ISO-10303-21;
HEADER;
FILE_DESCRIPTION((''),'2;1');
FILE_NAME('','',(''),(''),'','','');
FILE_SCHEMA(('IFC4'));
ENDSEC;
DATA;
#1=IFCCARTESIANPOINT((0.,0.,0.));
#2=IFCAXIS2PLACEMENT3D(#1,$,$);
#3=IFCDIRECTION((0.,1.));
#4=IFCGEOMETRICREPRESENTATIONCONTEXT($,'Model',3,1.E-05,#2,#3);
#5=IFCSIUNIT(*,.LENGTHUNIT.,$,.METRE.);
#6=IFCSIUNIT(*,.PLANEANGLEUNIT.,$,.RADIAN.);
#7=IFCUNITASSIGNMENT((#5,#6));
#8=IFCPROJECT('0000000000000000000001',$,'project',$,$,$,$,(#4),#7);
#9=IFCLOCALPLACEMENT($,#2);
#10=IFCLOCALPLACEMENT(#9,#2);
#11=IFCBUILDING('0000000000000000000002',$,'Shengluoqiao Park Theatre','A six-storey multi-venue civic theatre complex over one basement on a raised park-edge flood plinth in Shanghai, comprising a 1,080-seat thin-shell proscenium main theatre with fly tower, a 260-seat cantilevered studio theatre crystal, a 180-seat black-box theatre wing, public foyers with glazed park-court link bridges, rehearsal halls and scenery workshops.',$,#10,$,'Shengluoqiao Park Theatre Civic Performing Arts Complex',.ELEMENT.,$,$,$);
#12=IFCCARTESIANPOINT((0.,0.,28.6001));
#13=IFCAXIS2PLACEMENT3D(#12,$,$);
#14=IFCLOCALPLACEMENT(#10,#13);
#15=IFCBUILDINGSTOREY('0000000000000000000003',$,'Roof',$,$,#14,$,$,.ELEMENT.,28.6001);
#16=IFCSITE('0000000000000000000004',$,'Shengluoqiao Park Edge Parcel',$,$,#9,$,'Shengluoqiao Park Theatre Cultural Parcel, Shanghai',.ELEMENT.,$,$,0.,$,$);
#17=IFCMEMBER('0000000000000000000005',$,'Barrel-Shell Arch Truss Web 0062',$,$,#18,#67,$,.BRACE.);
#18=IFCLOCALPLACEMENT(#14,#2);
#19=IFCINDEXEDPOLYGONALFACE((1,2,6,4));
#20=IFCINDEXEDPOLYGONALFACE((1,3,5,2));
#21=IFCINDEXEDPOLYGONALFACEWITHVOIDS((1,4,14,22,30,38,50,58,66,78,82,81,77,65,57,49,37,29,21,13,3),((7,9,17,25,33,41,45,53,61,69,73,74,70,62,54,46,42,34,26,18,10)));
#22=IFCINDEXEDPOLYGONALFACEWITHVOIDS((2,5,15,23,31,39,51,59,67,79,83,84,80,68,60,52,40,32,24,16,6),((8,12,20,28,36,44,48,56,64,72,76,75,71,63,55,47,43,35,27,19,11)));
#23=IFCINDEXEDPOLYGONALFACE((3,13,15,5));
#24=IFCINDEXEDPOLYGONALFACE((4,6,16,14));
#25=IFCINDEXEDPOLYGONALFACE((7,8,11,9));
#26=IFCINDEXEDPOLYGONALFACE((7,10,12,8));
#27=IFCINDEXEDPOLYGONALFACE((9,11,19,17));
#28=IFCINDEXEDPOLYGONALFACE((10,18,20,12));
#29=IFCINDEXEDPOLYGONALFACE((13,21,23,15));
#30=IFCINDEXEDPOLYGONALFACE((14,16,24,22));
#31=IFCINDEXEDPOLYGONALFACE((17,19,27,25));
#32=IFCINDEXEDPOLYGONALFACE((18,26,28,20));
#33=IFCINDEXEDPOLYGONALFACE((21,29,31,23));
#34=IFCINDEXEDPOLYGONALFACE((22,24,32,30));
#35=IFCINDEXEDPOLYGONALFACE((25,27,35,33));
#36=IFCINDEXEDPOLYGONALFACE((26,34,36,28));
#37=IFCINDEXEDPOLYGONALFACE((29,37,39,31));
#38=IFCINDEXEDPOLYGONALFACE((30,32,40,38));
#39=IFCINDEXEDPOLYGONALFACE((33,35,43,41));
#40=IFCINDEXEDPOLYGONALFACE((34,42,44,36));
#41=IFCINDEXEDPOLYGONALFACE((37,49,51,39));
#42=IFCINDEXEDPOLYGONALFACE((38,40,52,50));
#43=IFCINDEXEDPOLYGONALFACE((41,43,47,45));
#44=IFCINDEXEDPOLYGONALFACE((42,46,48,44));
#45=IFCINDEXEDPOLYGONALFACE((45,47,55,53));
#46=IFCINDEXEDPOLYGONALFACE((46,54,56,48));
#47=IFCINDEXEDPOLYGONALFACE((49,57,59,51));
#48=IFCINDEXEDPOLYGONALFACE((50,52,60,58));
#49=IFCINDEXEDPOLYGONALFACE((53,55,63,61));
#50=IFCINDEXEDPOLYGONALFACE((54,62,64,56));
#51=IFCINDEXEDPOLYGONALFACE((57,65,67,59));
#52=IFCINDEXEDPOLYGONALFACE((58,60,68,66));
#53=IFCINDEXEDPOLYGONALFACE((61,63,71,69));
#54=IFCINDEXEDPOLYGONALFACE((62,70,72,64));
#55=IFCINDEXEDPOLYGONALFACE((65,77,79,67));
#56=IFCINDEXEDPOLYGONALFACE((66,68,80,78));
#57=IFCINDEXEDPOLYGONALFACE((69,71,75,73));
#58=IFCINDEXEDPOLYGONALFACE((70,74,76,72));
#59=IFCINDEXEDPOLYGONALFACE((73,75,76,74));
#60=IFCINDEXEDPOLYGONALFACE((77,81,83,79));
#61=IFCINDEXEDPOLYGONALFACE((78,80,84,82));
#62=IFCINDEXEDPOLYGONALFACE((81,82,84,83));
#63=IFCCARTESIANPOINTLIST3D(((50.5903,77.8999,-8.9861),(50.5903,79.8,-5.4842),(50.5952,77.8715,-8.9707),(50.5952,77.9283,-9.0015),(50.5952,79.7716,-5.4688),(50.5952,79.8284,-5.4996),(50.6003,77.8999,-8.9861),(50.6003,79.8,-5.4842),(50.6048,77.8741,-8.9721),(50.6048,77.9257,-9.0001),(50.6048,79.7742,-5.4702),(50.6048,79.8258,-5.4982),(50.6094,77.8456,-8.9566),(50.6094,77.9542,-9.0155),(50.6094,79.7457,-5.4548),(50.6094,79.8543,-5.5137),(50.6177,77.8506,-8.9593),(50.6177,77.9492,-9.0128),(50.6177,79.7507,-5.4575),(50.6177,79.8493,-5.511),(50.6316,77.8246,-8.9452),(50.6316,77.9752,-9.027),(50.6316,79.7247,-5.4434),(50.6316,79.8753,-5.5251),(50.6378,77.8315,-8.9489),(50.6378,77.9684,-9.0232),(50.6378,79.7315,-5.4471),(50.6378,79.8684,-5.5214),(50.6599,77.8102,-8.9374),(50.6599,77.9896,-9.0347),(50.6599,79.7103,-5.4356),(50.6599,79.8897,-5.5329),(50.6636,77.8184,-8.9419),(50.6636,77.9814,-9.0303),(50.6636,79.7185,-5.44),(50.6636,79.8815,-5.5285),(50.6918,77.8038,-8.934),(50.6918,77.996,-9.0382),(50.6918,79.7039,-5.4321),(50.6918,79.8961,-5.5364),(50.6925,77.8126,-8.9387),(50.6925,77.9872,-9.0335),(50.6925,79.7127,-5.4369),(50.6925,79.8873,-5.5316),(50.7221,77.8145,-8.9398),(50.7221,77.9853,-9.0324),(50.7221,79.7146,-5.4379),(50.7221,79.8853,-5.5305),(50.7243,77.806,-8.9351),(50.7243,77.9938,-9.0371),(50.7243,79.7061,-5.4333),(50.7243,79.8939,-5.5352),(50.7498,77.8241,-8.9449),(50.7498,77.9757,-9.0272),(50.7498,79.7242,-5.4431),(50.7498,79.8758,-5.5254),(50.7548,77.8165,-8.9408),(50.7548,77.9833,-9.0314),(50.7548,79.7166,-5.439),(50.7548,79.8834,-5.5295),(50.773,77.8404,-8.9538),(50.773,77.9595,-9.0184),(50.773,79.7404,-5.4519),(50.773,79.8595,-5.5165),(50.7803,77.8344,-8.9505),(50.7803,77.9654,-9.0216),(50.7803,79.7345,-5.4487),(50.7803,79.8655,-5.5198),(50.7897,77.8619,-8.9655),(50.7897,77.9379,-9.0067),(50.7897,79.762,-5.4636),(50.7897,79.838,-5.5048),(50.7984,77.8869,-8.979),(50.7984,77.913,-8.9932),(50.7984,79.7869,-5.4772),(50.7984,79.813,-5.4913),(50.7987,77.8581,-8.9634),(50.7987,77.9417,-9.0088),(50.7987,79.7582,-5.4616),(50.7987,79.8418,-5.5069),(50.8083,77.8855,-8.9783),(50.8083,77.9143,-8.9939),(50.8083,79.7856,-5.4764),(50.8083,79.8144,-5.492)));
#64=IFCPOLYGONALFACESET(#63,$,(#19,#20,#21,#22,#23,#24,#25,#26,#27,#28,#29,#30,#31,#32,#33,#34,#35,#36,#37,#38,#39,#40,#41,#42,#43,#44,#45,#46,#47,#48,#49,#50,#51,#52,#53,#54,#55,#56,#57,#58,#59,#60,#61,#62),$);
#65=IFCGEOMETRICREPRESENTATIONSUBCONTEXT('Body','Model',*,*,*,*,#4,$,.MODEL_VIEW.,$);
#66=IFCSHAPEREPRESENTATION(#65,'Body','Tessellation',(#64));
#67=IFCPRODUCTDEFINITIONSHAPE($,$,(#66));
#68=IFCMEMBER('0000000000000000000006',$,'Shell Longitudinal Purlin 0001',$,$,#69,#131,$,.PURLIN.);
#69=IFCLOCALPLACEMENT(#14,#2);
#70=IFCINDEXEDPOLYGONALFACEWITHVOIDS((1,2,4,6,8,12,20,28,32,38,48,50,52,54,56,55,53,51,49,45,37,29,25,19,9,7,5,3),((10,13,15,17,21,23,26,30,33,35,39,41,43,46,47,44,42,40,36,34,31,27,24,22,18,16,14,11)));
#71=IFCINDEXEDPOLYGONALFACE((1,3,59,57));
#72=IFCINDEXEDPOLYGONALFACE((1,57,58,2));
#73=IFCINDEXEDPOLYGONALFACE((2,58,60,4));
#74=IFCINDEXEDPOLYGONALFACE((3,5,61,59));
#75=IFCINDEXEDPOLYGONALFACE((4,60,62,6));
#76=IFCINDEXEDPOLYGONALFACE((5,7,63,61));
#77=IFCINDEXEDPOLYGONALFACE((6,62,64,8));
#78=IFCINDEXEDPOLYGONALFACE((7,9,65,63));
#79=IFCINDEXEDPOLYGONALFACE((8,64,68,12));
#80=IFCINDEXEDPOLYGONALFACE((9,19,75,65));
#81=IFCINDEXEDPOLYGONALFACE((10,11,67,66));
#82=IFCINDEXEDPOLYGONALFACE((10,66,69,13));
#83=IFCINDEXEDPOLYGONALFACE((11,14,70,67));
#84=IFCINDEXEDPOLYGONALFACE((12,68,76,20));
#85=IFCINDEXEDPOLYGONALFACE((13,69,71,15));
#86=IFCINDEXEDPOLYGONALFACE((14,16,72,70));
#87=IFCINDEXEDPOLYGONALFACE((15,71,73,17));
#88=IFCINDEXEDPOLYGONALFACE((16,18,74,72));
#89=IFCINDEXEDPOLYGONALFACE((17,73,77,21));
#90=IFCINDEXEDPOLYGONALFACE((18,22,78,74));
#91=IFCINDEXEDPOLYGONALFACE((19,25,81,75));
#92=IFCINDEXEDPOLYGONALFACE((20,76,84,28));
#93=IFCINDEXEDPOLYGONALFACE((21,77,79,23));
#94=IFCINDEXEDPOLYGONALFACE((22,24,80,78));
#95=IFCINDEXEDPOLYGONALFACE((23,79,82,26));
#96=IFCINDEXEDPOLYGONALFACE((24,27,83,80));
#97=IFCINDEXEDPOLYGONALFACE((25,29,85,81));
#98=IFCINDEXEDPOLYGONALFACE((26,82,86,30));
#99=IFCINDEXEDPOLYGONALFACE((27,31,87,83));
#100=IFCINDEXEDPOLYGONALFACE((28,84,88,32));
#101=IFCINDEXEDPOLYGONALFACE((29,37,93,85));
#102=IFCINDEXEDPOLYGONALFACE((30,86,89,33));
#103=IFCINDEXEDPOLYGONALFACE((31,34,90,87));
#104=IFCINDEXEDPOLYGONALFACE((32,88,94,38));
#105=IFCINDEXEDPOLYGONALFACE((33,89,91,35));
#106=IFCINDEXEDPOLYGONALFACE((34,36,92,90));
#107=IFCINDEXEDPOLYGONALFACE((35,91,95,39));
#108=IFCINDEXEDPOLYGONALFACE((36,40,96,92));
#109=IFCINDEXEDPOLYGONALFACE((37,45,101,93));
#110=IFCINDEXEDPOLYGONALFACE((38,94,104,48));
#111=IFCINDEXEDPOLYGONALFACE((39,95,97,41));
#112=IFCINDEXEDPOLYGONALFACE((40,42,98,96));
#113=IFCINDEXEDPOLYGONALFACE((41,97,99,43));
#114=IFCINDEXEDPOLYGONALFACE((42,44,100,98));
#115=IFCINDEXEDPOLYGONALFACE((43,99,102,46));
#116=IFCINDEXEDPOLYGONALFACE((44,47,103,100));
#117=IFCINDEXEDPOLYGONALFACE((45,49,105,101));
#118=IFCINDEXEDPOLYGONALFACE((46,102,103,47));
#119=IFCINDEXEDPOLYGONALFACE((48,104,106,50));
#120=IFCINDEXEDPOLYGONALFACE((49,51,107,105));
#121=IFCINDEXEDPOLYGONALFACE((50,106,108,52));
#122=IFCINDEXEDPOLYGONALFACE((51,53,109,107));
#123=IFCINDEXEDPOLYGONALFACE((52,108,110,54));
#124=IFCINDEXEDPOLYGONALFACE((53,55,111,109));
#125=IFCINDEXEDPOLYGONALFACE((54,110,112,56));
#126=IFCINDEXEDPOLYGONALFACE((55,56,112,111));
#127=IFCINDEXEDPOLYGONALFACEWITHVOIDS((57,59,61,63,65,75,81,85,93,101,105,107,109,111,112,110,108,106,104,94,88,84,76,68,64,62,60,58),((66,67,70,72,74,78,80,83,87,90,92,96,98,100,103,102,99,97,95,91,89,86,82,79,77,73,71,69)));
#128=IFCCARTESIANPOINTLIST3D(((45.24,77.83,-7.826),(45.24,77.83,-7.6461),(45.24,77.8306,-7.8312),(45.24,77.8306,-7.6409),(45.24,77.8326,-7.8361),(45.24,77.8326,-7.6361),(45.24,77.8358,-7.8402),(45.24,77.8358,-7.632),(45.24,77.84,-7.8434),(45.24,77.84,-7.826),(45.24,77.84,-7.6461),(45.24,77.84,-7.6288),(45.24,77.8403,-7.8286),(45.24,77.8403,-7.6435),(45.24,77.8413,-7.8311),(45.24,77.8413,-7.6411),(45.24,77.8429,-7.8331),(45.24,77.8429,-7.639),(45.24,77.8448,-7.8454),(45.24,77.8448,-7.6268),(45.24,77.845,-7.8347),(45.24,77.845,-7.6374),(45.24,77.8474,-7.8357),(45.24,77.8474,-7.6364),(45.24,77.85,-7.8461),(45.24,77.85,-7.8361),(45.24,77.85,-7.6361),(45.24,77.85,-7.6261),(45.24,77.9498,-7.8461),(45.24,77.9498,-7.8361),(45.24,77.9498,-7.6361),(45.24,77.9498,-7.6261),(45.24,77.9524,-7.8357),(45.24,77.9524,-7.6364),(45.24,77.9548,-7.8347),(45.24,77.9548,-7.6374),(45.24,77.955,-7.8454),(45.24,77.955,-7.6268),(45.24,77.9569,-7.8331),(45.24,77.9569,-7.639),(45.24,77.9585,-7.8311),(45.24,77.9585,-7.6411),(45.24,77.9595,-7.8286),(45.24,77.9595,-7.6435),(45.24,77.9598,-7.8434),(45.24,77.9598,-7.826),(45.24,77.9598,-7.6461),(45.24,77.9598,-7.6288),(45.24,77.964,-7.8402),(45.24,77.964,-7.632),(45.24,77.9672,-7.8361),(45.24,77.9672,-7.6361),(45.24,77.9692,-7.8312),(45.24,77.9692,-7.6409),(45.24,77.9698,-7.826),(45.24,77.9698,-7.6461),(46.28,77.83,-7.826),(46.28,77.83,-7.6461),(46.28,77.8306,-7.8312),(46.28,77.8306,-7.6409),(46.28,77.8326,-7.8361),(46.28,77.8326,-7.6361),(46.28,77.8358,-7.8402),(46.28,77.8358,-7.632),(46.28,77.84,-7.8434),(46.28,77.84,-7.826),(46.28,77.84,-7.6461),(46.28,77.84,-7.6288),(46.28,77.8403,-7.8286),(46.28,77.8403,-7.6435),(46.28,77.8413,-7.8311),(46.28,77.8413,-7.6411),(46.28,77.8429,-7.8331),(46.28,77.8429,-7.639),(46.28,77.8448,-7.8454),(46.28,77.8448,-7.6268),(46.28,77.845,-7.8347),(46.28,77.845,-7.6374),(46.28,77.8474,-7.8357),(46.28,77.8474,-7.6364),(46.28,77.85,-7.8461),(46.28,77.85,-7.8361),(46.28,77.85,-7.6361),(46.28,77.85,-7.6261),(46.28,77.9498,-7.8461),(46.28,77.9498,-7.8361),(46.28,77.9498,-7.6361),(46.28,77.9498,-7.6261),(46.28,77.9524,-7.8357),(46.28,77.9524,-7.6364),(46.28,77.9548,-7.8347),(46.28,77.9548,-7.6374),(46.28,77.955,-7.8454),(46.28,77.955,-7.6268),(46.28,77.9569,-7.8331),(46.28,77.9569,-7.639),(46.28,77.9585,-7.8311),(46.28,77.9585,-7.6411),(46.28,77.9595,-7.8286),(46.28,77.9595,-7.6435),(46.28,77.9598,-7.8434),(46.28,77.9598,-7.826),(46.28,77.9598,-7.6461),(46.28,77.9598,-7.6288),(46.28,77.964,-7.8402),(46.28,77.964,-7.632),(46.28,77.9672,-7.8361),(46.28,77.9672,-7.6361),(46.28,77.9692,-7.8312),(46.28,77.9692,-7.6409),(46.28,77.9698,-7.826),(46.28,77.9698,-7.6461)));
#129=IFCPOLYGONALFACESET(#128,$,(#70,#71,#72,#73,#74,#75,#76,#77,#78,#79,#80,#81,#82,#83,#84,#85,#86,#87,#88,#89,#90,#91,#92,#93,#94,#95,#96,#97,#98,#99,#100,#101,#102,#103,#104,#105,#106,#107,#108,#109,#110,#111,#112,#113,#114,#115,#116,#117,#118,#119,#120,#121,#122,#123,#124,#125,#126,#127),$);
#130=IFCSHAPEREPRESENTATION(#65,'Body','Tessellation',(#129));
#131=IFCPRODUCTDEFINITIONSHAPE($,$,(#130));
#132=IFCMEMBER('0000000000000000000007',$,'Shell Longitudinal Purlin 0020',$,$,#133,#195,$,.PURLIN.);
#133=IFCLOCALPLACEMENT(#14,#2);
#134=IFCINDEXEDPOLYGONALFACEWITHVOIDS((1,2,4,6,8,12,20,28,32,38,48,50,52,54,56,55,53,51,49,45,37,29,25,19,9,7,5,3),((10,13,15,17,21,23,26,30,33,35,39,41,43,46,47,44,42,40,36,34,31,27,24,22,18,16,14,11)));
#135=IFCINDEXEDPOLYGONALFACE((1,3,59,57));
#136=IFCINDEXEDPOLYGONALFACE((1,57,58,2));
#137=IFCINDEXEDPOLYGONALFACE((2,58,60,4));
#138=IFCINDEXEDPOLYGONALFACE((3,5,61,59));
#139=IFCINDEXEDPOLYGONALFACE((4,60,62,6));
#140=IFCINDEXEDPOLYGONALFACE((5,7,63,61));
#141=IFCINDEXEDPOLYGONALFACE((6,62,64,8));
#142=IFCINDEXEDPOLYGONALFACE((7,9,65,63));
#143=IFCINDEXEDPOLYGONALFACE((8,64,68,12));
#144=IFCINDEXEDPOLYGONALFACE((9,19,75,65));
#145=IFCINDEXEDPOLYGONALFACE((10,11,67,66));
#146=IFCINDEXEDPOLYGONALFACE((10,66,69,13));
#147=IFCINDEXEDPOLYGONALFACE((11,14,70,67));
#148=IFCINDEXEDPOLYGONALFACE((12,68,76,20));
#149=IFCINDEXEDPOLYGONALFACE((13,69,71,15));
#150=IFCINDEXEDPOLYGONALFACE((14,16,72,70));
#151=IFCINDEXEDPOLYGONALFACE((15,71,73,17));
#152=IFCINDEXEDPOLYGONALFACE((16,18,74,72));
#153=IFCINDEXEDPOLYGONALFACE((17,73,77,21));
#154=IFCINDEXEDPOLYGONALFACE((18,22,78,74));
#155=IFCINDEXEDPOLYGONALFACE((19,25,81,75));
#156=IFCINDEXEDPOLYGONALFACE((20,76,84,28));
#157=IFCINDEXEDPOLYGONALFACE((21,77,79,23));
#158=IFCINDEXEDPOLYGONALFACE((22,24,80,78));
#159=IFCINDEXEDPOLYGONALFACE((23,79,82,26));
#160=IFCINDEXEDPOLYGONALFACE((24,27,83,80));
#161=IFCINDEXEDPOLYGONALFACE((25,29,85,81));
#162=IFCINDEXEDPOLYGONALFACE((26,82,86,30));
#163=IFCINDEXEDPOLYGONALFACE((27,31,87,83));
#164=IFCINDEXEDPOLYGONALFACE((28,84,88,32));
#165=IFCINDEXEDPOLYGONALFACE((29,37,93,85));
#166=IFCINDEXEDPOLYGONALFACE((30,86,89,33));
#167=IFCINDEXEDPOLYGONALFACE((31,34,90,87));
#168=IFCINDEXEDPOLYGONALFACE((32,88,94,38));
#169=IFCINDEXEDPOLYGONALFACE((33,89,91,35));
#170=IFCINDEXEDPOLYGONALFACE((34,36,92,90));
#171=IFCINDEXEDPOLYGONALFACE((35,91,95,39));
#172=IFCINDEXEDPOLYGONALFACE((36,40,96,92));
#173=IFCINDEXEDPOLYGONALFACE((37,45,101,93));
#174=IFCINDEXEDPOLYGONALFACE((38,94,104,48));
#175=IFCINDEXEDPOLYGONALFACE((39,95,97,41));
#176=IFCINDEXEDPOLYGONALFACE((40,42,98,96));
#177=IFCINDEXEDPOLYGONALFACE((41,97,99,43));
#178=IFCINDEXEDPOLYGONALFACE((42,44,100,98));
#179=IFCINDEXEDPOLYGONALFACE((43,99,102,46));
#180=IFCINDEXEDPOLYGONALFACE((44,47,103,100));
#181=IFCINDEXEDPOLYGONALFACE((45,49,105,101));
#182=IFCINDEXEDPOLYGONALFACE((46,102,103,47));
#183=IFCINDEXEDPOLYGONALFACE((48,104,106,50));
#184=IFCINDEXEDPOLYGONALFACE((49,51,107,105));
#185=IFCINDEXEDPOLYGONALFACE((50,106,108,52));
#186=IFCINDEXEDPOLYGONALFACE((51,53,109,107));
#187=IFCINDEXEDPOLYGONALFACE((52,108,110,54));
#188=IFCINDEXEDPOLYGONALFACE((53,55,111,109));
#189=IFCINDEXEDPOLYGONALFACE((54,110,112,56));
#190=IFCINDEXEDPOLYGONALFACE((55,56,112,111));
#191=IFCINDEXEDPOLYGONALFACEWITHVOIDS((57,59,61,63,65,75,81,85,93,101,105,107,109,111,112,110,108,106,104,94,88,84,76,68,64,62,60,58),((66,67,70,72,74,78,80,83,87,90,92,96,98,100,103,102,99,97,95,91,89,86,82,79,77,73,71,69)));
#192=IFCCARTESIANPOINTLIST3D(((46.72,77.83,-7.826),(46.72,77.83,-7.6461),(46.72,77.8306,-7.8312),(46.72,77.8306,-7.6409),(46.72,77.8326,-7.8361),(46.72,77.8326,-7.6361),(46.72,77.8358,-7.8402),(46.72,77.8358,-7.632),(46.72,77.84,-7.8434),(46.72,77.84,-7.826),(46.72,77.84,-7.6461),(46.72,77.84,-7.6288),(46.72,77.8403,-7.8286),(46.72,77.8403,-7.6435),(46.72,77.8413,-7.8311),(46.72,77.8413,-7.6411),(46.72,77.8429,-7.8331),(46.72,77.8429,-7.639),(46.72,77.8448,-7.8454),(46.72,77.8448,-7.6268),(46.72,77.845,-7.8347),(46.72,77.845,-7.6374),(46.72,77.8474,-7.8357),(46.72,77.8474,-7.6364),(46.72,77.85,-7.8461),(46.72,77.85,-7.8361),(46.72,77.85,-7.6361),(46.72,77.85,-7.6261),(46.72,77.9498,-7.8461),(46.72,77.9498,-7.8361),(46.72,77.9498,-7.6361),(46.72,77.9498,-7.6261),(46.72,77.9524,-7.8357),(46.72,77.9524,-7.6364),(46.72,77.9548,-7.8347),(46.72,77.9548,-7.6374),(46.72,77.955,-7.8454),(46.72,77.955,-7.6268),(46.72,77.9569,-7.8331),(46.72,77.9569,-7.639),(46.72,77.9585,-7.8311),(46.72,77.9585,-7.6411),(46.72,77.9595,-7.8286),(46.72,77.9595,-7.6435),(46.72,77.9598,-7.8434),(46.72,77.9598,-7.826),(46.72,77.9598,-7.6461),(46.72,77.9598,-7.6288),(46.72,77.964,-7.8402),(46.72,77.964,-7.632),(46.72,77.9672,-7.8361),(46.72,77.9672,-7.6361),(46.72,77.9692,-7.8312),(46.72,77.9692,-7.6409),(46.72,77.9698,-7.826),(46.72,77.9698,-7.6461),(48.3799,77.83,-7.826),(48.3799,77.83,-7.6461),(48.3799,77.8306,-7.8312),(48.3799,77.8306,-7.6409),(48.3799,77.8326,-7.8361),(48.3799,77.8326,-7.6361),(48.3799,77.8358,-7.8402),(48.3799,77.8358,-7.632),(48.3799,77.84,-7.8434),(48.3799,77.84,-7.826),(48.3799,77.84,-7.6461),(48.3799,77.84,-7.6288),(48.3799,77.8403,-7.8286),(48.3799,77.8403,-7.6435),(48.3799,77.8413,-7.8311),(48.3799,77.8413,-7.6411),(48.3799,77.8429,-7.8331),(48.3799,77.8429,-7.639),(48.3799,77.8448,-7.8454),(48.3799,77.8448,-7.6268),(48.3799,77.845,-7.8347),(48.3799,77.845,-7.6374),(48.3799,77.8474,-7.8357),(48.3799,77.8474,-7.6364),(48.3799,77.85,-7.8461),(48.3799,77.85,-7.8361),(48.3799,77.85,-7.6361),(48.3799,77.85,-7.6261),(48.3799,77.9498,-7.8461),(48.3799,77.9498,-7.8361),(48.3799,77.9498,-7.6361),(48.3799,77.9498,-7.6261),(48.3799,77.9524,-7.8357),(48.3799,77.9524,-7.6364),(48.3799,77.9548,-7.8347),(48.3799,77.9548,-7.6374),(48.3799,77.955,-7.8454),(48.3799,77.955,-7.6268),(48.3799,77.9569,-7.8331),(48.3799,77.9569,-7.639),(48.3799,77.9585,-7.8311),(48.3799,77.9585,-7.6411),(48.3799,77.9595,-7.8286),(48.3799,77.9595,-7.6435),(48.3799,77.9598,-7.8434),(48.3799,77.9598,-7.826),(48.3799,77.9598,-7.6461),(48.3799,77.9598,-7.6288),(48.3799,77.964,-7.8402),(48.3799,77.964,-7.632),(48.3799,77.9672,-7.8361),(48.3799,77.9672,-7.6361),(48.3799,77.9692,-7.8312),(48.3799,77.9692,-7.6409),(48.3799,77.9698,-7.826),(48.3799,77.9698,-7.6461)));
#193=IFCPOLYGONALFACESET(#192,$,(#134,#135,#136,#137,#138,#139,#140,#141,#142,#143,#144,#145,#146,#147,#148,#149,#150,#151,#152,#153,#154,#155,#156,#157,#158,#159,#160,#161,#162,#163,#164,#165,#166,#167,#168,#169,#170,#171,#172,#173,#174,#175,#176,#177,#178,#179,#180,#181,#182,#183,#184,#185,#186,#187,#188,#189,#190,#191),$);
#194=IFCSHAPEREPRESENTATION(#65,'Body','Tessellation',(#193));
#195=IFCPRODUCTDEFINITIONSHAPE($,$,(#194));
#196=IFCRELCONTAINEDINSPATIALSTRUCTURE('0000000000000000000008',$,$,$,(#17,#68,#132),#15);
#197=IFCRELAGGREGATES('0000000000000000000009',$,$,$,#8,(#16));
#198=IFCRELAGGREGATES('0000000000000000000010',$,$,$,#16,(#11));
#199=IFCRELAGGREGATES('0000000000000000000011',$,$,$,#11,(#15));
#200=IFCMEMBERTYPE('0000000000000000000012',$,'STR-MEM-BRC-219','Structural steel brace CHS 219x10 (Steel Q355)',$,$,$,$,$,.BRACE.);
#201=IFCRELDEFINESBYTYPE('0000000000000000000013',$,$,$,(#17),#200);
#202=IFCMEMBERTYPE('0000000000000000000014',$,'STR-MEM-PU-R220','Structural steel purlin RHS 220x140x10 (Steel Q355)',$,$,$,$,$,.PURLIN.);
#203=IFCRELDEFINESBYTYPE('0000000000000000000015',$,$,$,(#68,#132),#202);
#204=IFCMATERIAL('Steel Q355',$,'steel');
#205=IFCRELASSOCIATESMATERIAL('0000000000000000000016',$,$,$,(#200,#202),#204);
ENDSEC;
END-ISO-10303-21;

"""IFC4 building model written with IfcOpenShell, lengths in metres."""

from ifc_helpers import new_model, si_unit, direction, frame, origin, origin_2d, place, context, subcontext, project, spatial, hollow_rectangle, hollow_circle, extrude, material, material_profile, profile_set, type_object, element, save


model = new_model("IFC4")

# Units and contexts
model_context = context("Model", 3, precision=1e-05, world=origin(), true_north=direction((0.0, 1.0)))
body_context = subcontext(model_context, "Body", "Model", "MODEL_VIEW")
ifc_project = project(units=[si_unit("LENGTHUNIT", "METRE"), si_unit("PLANEANGLEUNIT", "RADIAN")], contexts=[model_context])

# Site, building, storey
site_placement = place(None, origin())
site = spatial("IfcSite", under=ifc_project, at=site_placement, Name="Shengluoqiao Park Edge Parcel", LongName="Shengluoqiao Park Theatre Cultural Parcel, Shanghai", CompositionType="ELEMENT", RefElevation=0.0)
building_placement = place(site_placement, origin())
building = spatial("IfcBuilding", under=site, at=building_placement, Name="Shengluoqiao Park Theatre", Description="A six-storey multi-venue civic theatre complex over one basement on a raised park-edge flood plinth in Shanghai, comprising a 1,080-seat thin-shell proscenium main theatre with fly tower, a 260-seat cantilevered studio theatre crystal, a 180-seat black-box theatre wing, public foyers with glazed park-court link bridges, rehearsal halls and scenery workshops.", LongName="Shengluoqiao Park Theatre Civic Performing Arts Complex", CompositionType="ELEMENT")
storey_placement = place(building_placement, frame((0.0, 0.0, 28.6001)))
storey = spatial("IfcBuildingStorey", under=building, at=storey_placement, Name="Roof", CompositionType="ELEMENT", Elevation=28.6001)

# Shared definitions
ifc_material_1 = material(Name="Steel Q355", Category="steel")

# Members
ifc_material_profile_1 = material_profile(ifc_material_1, hollow_circle(Radius=0.1096, WallThickness=0.01, at=origin_2d()), Name="CHS 219x10")
ifc_profile_set_1 = profile_set([ifc_material_profile_1], Name="Steel Q355")
member_type_1 = type_object("IfcMemberType", Name="STR-MEM-BRC-219", Description="Structural steel brace CHS 219x10 (Steel Q355)", PredefinedType="BRACE", material=ifc_profile_set_1)
for number, where, z_axis, x_axis, name in (
    (1, (50.7, 77.8999, -8.9861), (0.0, 0.476915, 0.87895), (-1.0, 0.0, 0.0), "Barrel-Shell Arch Truss Web 0062"),
):
    element("IfcMember", number, at=place(storey_placement, frame(where, z_axis=z_axis, x_axis=x_axis)), inside=storey, type_object=member_type_1, Name=name, PredefinedType="BRACE", context=body_context, shape_type="SweptSolid", body=[
        extrude(hollow_circle(Radius=0.1096, WallThickness=0.01, at=origin_2d()), origin(), (0.0, 0.0, 1.0), 3.9841),
    ])
ifc_material_profile_2 = material_profile(ifc_material_1, hollow_rectangle(XDim=0.1399, YDim=0.22, WallThickness=0.01, InnerFilletRadius=0.01, OuterFilletRadius=0.02, at=origin_2d()), Name="RHS 220x140x10")
ifc_profile_set_2 = profile_set([ifc_material_profile_2], Name="Steel Q355")
member_type_2 = type_object("IfcMemberType", Name="STR-MEM-PU-R220", Description="Structural steel purlin RHS 220x140x10 (Steel Q355)", PredefinedType="PURLIN", material=ifc_profile_set_2)
member_1_placement = place(storey_placement, frame((45.24, 77.8999, -7.7361), z_axis=(1.0, 0.0, 0.0), x_axis=(0.0, 1.0, 0.0)))
element("IfcMember", 2, at=member_1_placement, inside=storey, type_object=member_type_2, Name="Shell Longitudinal Purlin 0001", PredefinedType="PURLIN", context=body_context, shape_type="SweptSolid", body=[
    extrude(hollow_rectangle(XDim=0.1399, YDim=0.22, WallThickness=0.01, InnerFilletRadius=0.01, OuterFilletRadius=0.02, at=origin_2d()), origin(), (0.0, 0.0, 1.0), 1.04),
])
for number, where, z_axis, x_axis, name in (
    (3, (46.72, 77.8999, -7.7361), (1.0, 0.0, 0.0), (0.0, 1.0, 0.0), "Shell Longitudinal Purlin 0020"),
):
    element("IfcMember", number, at=place(storey_placement, frame(where, z_axis=z_axis, x_axis=x_axis)), inside=storey, type_object=member_type_2, Name=name, PredefinedType="PURLIN", context=body_context, shape_type="SweptSolid", body=[
        extrude(hollow_rectangle(XDim=0.1399, YDim=0.22, WallThickness=0.01, InnerFilletRadius=0.01, OuterFilletRadius=0.02, at=origin_2d()), origin(), (0.0, 0.0, 1.0), 1.6599),
    ])

save(model, "model.ifc")
